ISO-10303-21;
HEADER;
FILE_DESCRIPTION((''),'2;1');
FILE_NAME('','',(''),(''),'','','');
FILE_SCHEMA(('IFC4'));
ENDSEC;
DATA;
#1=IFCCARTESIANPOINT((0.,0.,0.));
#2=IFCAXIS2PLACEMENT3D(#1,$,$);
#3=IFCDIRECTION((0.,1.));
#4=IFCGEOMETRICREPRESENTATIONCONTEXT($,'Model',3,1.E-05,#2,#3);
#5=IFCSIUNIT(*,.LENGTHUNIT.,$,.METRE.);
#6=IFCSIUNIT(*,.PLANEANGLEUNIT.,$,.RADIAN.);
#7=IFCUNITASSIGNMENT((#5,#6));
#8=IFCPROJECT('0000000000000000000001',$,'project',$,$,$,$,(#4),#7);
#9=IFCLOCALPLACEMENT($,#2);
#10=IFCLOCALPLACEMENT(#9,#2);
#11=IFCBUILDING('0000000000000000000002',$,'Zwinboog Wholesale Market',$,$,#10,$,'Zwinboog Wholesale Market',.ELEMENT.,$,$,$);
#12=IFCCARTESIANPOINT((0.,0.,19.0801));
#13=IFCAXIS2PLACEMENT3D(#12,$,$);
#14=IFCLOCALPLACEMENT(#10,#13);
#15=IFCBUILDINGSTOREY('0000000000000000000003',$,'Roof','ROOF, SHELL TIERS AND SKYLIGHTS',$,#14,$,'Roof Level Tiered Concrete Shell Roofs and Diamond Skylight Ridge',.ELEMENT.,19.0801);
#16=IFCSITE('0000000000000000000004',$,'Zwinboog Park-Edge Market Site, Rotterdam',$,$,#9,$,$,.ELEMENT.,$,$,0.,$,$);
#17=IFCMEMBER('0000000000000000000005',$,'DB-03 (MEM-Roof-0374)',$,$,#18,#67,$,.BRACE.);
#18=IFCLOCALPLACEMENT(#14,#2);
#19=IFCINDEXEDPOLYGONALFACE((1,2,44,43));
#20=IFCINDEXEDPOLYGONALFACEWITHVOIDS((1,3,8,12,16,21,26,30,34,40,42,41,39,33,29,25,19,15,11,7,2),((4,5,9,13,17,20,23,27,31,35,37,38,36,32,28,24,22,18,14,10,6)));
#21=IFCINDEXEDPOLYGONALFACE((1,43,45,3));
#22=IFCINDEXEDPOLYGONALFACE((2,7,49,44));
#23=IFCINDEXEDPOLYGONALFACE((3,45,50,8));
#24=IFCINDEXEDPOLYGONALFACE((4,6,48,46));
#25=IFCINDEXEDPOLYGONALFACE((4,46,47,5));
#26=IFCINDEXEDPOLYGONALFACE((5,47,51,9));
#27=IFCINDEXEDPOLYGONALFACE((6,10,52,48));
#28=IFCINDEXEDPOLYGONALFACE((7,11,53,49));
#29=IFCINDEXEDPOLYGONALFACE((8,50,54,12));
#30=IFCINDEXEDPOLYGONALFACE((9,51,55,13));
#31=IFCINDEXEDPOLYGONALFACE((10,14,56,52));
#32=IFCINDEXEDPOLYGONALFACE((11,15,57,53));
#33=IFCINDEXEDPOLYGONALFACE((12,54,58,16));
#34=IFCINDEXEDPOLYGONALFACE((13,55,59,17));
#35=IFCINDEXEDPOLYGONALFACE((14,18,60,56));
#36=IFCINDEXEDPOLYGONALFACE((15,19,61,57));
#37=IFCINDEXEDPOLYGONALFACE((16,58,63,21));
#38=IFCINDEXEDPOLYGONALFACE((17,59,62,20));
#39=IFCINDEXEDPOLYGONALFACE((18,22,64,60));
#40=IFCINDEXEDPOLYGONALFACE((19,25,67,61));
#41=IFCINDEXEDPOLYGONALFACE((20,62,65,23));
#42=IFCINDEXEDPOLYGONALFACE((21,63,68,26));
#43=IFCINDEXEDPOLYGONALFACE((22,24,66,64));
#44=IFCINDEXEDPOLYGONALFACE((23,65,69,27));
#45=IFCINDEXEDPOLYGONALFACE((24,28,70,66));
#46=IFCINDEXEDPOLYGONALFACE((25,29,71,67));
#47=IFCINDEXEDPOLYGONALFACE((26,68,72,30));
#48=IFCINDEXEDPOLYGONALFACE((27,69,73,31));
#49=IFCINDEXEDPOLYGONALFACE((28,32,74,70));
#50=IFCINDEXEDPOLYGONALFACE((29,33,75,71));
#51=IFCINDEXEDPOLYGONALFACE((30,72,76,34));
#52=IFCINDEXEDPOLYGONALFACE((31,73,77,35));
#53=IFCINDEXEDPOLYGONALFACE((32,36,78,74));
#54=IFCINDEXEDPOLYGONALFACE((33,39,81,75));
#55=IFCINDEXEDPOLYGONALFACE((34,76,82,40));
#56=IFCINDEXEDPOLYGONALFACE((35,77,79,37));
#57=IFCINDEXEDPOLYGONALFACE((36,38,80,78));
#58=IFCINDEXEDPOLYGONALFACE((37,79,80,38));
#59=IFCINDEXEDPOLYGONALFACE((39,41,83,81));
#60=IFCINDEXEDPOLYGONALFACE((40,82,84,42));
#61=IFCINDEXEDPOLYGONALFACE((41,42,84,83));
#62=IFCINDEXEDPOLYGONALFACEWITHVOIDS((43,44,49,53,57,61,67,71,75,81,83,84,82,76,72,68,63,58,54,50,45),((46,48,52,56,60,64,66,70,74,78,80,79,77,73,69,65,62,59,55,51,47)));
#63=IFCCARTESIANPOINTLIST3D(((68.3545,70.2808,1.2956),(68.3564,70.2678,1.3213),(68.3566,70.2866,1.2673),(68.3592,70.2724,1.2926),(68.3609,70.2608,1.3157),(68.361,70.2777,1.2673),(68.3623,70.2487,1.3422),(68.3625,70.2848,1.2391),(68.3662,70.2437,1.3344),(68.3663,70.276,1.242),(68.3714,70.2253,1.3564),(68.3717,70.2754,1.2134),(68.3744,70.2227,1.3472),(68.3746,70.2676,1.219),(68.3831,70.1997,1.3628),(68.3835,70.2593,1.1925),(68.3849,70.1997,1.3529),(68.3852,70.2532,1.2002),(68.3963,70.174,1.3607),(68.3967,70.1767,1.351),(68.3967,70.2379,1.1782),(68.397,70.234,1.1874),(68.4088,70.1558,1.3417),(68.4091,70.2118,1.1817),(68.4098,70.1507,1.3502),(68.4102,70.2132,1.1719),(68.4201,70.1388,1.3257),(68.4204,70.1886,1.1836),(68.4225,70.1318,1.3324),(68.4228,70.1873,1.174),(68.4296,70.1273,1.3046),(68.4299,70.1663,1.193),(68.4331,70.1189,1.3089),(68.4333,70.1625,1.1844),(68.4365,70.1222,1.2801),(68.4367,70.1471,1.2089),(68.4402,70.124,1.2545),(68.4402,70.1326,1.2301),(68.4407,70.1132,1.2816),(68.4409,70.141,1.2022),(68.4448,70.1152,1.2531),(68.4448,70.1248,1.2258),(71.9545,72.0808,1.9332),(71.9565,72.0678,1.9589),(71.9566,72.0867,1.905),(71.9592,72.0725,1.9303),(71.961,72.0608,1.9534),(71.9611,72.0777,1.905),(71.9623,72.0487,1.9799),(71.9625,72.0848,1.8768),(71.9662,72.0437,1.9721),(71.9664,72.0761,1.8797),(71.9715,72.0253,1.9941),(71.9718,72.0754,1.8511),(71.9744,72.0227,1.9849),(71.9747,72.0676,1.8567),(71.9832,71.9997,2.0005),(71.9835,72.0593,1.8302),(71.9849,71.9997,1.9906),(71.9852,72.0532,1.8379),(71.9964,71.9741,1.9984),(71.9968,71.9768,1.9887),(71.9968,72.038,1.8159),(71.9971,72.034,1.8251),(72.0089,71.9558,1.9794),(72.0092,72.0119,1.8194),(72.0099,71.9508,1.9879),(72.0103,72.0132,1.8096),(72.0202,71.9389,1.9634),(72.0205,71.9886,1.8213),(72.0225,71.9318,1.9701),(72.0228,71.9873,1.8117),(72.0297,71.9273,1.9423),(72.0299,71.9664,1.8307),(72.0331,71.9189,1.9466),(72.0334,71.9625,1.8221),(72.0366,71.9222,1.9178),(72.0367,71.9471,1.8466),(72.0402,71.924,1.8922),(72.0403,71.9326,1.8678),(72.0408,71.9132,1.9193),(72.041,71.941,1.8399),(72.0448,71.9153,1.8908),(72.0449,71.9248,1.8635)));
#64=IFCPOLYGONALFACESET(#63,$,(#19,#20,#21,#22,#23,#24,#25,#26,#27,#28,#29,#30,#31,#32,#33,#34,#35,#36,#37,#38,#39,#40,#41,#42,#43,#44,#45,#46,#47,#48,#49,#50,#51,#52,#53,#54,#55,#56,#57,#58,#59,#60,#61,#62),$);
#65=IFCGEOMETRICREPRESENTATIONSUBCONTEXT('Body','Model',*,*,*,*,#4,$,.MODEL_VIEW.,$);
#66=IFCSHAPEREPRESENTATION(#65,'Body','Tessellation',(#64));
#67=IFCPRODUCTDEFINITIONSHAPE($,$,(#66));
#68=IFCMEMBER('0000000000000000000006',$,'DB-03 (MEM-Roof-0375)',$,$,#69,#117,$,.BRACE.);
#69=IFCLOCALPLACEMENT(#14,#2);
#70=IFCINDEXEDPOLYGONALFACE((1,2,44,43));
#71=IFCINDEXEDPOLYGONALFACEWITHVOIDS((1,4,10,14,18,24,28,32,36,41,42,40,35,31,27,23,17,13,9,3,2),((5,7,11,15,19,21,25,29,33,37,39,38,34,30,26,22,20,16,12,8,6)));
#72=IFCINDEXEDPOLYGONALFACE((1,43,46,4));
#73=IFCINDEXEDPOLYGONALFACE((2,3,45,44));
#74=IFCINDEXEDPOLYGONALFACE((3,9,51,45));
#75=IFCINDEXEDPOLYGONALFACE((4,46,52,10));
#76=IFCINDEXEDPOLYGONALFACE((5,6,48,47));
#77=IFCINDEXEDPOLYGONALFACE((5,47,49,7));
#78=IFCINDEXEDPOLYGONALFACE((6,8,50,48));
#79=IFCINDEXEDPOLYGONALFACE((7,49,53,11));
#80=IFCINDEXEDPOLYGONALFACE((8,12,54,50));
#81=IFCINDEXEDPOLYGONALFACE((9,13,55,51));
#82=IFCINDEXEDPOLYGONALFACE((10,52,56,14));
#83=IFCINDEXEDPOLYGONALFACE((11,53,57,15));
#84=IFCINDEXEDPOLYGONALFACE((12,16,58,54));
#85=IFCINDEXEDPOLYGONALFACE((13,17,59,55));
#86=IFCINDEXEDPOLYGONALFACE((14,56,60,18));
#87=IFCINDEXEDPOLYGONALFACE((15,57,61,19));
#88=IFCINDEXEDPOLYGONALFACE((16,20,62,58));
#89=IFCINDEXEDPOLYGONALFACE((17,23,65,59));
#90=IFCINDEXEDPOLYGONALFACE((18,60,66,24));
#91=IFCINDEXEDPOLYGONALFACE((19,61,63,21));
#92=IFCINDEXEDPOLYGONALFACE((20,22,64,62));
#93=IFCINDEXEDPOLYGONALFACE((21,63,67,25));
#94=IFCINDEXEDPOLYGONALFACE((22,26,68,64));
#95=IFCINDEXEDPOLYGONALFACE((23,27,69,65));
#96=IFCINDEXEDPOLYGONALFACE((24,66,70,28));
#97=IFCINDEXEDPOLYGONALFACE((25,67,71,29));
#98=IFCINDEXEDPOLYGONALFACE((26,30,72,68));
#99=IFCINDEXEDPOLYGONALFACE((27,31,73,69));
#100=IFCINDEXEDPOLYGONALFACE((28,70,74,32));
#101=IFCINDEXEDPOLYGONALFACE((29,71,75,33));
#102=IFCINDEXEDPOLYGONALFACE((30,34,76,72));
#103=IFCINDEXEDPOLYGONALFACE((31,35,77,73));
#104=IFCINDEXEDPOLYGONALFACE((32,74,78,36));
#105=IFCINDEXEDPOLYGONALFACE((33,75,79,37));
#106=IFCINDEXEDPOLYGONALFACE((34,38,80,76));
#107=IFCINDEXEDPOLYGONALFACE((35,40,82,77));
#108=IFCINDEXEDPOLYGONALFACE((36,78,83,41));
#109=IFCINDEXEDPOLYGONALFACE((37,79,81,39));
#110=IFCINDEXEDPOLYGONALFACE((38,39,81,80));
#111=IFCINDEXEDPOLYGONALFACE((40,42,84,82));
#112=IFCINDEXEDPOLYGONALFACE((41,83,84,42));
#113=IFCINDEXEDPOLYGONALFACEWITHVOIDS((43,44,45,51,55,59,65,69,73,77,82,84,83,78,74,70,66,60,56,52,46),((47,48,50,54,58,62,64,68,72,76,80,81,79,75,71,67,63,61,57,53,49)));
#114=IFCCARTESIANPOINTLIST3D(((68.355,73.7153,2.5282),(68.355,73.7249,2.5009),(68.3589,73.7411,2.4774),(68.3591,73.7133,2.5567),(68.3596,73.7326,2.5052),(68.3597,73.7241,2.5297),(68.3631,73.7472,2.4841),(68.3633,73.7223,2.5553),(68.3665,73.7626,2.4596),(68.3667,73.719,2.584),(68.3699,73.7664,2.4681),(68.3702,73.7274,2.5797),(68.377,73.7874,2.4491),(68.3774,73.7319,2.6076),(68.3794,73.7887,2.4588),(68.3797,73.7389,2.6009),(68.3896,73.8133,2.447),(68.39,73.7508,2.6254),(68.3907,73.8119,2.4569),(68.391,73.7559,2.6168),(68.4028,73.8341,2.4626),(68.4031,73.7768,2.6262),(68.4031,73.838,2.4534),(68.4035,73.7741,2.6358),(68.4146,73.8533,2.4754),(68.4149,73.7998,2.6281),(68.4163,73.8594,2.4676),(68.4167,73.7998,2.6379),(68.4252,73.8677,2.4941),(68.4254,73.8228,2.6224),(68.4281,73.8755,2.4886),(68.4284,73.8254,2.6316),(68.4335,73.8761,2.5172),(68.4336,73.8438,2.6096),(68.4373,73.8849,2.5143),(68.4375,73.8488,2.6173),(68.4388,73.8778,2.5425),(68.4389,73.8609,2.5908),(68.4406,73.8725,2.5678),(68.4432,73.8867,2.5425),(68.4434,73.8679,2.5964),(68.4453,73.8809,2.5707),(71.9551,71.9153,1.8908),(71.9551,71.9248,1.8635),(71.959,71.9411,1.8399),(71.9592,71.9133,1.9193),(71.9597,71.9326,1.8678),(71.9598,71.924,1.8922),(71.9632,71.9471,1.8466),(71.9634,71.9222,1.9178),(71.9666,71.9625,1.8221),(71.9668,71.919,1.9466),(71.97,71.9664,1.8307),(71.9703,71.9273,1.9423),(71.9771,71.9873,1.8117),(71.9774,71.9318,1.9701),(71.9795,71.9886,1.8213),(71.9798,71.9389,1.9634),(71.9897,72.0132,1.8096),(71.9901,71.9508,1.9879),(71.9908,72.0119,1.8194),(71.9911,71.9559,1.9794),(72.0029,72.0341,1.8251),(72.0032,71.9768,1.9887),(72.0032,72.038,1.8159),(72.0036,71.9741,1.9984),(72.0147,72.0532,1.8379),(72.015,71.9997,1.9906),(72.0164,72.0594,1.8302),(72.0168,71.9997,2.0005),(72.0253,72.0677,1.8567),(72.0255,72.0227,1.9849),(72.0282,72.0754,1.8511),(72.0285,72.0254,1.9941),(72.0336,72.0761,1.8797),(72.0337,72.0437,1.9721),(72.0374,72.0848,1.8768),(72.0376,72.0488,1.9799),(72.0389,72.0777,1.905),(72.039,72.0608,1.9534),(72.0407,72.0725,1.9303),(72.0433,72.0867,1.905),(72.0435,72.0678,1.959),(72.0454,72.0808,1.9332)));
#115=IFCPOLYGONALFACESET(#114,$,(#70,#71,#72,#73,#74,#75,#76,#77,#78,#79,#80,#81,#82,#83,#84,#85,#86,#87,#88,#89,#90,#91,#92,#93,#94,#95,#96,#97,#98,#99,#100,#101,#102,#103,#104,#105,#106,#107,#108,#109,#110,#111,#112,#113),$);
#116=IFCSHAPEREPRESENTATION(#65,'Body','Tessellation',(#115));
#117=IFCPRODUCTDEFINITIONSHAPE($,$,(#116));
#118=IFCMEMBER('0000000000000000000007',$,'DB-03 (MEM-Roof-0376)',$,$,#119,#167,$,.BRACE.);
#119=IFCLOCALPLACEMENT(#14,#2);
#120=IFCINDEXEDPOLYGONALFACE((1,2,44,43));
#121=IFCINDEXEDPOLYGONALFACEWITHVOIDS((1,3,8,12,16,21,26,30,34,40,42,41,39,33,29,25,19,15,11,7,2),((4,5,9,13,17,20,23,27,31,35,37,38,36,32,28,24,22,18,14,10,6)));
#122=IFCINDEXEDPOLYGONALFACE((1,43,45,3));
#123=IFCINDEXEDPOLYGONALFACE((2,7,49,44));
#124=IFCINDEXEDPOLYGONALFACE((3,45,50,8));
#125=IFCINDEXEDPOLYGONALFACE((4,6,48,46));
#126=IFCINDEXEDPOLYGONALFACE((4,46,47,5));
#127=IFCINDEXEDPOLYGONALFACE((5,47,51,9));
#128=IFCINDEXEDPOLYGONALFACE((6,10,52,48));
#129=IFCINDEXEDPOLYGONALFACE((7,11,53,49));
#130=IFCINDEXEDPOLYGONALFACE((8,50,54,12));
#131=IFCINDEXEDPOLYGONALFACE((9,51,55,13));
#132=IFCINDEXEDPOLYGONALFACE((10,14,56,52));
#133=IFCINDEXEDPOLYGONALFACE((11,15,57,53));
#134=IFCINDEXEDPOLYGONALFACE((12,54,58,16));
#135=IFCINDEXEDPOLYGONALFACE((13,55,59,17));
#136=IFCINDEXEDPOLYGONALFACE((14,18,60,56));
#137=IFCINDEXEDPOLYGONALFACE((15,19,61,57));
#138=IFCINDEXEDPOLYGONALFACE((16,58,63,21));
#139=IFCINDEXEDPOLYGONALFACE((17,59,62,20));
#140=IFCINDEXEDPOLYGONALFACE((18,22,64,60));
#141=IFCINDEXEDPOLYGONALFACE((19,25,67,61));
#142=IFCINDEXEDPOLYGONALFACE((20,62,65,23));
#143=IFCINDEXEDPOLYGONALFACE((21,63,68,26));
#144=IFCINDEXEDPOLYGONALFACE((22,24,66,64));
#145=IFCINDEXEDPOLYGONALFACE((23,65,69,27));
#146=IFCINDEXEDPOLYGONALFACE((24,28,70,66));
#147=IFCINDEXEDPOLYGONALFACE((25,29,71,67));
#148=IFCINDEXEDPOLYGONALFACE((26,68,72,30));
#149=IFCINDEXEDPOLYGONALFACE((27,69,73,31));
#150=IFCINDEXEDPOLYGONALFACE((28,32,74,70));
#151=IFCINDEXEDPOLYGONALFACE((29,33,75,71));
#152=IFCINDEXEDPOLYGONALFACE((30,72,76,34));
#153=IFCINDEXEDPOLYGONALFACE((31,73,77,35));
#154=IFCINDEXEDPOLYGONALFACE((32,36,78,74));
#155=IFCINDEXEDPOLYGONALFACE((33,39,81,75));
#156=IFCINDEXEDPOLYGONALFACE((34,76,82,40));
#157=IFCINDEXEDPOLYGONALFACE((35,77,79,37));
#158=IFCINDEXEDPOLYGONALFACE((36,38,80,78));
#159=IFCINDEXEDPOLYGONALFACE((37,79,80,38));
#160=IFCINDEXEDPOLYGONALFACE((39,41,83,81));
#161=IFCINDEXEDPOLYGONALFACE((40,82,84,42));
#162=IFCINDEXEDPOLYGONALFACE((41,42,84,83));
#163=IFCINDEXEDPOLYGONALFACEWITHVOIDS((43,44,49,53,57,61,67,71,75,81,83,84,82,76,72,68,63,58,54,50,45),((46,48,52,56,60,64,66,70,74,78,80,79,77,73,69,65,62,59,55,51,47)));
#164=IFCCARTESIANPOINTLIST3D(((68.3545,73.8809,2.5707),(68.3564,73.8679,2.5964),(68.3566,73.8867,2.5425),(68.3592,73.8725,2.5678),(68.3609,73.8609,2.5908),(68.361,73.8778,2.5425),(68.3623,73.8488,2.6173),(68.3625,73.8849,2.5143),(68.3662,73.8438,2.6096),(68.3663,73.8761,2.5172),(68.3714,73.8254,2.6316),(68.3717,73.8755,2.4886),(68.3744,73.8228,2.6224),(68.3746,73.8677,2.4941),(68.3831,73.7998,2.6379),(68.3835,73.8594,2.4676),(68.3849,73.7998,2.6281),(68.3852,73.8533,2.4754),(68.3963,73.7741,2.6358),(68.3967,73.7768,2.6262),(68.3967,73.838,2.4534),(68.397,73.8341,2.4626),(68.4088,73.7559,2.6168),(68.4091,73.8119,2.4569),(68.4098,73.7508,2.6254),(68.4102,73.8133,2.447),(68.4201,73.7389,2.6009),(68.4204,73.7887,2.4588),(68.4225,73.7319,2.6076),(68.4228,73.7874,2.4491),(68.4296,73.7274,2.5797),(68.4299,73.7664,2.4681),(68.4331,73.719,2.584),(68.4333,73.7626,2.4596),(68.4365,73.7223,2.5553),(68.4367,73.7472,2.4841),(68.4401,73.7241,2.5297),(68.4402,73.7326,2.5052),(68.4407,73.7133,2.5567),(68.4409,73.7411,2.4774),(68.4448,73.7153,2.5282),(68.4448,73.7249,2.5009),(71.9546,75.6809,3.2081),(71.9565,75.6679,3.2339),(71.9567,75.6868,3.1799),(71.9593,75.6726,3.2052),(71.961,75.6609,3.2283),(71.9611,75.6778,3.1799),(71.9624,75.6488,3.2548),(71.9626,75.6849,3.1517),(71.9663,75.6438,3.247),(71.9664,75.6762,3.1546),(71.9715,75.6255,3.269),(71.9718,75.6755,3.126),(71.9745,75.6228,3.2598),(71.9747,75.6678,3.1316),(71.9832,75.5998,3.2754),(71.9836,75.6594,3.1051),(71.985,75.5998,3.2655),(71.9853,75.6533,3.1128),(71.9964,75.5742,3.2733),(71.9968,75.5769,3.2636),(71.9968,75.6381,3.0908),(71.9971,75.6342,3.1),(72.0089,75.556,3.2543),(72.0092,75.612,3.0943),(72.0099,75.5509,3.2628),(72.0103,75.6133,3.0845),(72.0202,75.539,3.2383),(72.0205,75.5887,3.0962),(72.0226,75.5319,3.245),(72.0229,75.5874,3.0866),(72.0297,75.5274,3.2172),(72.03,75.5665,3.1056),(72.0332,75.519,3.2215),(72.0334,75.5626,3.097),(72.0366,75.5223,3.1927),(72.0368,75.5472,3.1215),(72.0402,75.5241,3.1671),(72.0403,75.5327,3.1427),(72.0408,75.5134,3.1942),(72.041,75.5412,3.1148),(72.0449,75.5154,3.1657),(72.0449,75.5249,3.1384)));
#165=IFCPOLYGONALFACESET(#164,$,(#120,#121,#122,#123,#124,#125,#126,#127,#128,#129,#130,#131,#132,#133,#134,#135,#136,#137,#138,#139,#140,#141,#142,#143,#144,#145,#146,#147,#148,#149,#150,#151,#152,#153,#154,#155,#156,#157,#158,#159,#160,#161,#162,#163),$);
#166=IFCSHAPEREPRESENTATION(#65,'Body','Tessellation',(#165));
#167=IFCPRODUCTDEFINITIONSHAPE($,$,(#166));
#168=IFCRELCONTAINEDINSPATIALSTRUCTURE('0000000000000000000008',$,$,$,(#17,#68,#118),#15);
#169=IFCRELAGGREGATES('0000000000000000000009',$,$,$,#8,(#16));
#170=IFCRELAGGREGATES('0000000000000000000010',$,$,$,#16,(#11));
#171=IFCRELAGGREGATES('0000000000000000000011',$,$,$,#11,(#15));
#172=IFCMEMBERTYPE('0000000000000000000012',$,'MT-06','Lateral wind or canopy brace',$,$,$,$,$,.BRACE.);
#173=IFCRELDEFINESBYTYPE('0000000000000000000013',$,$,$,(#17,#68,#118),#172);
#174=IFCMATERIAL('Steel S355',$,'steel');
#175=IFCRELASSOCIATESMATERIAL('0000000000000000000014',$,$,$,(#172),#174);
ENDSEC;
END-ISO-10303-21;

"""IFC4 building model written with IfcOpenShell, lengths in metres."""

from ifc_helpers import new_model, si_unit, direction, frame, origin, origin_2d, place, context, subcontext, project, spatial, hollow_circle, extrude, material, material_profile, profile_set, type_object, element, save


model = new_model("IFC4")

# Units and contexts
model_context = context("Model", 3, precision=1e-05, world=origin(), true_north=direction((0.0, 1.0)))
body_context = subcontext(model_context, "Body", "Model", "MODEL_VIEW")
ifc_project = project(units=[si_unit("LENGTHUNIT", "METRE"), si_unit("PLANEANGLEUNIT", "RADIAN")], contexts=[model_context])

# Site, building, storey
site_placement = place(None, origin())
site = spatial("IfcSite", under=ifc_project, at=site_placement, Name="Zwinboog Park-Edge Market Site, Rotterdam", CompositionType="ELEMENT", RefElevation=0.0)
building_placement = place(site_placement, origin())
building = spatial("IfcBuilding", under=site, at=building_placement, Name="Zwinboog Wholesale Market", LongName="Zwinboog Wholesale Market", CompositionType="ELEMENT")
storey_placement = place(building_placement, frame((0.0, 0.0, 19.0801)))
storey = spatial("IfcBuildingStorey", under=building, at=storey_placement, Name="Roof", Description="ROOF, SHELL TIERS AND SKYLIGHTS", LongName="Roof Level Tiered Concrete Shell Roofs and Diamond Skylight Ridge", CompositionType="ELEMENT", Elevation=19.0801)

# Members
ifc_material_1 = material(Name="Steel S355", Category="steel")
ifc_material_profile_1 = material_profile(ifc_material_1, hollow_circle(Radius=0.0969, WallThickness=0.01, at=origin_2d()), Name="CHS 193.7x10")
ifc_profile_set_1 = profile_set([ifc_material_profile_1], Name="Steel S355")
member_type_1 = type_object("IfcMemberType", Name="MT-06", Description="Lateral wind or canopy brace", PredefinedType="BRACE", material=ifc_profile_set_1)
for number, where, z_axis, x_axis, name in (
    (1, (68.3999, 70.2, 1.2673), (0.883409, 0.441704, 0.156481), (-0.447214, 0.894427, 0.0), "DB-03 (MEM-Roof-0374)"),
    (2, (68.3999, 73.8, 2.5425), (0.883417, -0.441709, -0.156422), (0.447214, 0.894427, 0.0), "DB-03 (MEM-Roof-0375)"),
    (3, (68.3999, 73.8, 2.5425), (0.883417, 0.441709, 0.156422), (-0.447214, 0.894427, 0.0), "DB-03 (MEM-Roof-0376)"),
):
    element("IfcMember", number, at=place(storey_placement, frame(where, z_axis=z_axis, x_axis=x_axis)), inside=storey, type_object=member_type_1, Name=name, PredefinedType="BRACE", context=body_context, shape_type="SweptSolid", body=[
        extrude(hollow_circle(Radius=0.0969, WallThickness=0.01, at=origin_2d()), origin(), (0.0, 0.0, 1.0), 4.0752),
    ])

save(model, "model.ifc")
